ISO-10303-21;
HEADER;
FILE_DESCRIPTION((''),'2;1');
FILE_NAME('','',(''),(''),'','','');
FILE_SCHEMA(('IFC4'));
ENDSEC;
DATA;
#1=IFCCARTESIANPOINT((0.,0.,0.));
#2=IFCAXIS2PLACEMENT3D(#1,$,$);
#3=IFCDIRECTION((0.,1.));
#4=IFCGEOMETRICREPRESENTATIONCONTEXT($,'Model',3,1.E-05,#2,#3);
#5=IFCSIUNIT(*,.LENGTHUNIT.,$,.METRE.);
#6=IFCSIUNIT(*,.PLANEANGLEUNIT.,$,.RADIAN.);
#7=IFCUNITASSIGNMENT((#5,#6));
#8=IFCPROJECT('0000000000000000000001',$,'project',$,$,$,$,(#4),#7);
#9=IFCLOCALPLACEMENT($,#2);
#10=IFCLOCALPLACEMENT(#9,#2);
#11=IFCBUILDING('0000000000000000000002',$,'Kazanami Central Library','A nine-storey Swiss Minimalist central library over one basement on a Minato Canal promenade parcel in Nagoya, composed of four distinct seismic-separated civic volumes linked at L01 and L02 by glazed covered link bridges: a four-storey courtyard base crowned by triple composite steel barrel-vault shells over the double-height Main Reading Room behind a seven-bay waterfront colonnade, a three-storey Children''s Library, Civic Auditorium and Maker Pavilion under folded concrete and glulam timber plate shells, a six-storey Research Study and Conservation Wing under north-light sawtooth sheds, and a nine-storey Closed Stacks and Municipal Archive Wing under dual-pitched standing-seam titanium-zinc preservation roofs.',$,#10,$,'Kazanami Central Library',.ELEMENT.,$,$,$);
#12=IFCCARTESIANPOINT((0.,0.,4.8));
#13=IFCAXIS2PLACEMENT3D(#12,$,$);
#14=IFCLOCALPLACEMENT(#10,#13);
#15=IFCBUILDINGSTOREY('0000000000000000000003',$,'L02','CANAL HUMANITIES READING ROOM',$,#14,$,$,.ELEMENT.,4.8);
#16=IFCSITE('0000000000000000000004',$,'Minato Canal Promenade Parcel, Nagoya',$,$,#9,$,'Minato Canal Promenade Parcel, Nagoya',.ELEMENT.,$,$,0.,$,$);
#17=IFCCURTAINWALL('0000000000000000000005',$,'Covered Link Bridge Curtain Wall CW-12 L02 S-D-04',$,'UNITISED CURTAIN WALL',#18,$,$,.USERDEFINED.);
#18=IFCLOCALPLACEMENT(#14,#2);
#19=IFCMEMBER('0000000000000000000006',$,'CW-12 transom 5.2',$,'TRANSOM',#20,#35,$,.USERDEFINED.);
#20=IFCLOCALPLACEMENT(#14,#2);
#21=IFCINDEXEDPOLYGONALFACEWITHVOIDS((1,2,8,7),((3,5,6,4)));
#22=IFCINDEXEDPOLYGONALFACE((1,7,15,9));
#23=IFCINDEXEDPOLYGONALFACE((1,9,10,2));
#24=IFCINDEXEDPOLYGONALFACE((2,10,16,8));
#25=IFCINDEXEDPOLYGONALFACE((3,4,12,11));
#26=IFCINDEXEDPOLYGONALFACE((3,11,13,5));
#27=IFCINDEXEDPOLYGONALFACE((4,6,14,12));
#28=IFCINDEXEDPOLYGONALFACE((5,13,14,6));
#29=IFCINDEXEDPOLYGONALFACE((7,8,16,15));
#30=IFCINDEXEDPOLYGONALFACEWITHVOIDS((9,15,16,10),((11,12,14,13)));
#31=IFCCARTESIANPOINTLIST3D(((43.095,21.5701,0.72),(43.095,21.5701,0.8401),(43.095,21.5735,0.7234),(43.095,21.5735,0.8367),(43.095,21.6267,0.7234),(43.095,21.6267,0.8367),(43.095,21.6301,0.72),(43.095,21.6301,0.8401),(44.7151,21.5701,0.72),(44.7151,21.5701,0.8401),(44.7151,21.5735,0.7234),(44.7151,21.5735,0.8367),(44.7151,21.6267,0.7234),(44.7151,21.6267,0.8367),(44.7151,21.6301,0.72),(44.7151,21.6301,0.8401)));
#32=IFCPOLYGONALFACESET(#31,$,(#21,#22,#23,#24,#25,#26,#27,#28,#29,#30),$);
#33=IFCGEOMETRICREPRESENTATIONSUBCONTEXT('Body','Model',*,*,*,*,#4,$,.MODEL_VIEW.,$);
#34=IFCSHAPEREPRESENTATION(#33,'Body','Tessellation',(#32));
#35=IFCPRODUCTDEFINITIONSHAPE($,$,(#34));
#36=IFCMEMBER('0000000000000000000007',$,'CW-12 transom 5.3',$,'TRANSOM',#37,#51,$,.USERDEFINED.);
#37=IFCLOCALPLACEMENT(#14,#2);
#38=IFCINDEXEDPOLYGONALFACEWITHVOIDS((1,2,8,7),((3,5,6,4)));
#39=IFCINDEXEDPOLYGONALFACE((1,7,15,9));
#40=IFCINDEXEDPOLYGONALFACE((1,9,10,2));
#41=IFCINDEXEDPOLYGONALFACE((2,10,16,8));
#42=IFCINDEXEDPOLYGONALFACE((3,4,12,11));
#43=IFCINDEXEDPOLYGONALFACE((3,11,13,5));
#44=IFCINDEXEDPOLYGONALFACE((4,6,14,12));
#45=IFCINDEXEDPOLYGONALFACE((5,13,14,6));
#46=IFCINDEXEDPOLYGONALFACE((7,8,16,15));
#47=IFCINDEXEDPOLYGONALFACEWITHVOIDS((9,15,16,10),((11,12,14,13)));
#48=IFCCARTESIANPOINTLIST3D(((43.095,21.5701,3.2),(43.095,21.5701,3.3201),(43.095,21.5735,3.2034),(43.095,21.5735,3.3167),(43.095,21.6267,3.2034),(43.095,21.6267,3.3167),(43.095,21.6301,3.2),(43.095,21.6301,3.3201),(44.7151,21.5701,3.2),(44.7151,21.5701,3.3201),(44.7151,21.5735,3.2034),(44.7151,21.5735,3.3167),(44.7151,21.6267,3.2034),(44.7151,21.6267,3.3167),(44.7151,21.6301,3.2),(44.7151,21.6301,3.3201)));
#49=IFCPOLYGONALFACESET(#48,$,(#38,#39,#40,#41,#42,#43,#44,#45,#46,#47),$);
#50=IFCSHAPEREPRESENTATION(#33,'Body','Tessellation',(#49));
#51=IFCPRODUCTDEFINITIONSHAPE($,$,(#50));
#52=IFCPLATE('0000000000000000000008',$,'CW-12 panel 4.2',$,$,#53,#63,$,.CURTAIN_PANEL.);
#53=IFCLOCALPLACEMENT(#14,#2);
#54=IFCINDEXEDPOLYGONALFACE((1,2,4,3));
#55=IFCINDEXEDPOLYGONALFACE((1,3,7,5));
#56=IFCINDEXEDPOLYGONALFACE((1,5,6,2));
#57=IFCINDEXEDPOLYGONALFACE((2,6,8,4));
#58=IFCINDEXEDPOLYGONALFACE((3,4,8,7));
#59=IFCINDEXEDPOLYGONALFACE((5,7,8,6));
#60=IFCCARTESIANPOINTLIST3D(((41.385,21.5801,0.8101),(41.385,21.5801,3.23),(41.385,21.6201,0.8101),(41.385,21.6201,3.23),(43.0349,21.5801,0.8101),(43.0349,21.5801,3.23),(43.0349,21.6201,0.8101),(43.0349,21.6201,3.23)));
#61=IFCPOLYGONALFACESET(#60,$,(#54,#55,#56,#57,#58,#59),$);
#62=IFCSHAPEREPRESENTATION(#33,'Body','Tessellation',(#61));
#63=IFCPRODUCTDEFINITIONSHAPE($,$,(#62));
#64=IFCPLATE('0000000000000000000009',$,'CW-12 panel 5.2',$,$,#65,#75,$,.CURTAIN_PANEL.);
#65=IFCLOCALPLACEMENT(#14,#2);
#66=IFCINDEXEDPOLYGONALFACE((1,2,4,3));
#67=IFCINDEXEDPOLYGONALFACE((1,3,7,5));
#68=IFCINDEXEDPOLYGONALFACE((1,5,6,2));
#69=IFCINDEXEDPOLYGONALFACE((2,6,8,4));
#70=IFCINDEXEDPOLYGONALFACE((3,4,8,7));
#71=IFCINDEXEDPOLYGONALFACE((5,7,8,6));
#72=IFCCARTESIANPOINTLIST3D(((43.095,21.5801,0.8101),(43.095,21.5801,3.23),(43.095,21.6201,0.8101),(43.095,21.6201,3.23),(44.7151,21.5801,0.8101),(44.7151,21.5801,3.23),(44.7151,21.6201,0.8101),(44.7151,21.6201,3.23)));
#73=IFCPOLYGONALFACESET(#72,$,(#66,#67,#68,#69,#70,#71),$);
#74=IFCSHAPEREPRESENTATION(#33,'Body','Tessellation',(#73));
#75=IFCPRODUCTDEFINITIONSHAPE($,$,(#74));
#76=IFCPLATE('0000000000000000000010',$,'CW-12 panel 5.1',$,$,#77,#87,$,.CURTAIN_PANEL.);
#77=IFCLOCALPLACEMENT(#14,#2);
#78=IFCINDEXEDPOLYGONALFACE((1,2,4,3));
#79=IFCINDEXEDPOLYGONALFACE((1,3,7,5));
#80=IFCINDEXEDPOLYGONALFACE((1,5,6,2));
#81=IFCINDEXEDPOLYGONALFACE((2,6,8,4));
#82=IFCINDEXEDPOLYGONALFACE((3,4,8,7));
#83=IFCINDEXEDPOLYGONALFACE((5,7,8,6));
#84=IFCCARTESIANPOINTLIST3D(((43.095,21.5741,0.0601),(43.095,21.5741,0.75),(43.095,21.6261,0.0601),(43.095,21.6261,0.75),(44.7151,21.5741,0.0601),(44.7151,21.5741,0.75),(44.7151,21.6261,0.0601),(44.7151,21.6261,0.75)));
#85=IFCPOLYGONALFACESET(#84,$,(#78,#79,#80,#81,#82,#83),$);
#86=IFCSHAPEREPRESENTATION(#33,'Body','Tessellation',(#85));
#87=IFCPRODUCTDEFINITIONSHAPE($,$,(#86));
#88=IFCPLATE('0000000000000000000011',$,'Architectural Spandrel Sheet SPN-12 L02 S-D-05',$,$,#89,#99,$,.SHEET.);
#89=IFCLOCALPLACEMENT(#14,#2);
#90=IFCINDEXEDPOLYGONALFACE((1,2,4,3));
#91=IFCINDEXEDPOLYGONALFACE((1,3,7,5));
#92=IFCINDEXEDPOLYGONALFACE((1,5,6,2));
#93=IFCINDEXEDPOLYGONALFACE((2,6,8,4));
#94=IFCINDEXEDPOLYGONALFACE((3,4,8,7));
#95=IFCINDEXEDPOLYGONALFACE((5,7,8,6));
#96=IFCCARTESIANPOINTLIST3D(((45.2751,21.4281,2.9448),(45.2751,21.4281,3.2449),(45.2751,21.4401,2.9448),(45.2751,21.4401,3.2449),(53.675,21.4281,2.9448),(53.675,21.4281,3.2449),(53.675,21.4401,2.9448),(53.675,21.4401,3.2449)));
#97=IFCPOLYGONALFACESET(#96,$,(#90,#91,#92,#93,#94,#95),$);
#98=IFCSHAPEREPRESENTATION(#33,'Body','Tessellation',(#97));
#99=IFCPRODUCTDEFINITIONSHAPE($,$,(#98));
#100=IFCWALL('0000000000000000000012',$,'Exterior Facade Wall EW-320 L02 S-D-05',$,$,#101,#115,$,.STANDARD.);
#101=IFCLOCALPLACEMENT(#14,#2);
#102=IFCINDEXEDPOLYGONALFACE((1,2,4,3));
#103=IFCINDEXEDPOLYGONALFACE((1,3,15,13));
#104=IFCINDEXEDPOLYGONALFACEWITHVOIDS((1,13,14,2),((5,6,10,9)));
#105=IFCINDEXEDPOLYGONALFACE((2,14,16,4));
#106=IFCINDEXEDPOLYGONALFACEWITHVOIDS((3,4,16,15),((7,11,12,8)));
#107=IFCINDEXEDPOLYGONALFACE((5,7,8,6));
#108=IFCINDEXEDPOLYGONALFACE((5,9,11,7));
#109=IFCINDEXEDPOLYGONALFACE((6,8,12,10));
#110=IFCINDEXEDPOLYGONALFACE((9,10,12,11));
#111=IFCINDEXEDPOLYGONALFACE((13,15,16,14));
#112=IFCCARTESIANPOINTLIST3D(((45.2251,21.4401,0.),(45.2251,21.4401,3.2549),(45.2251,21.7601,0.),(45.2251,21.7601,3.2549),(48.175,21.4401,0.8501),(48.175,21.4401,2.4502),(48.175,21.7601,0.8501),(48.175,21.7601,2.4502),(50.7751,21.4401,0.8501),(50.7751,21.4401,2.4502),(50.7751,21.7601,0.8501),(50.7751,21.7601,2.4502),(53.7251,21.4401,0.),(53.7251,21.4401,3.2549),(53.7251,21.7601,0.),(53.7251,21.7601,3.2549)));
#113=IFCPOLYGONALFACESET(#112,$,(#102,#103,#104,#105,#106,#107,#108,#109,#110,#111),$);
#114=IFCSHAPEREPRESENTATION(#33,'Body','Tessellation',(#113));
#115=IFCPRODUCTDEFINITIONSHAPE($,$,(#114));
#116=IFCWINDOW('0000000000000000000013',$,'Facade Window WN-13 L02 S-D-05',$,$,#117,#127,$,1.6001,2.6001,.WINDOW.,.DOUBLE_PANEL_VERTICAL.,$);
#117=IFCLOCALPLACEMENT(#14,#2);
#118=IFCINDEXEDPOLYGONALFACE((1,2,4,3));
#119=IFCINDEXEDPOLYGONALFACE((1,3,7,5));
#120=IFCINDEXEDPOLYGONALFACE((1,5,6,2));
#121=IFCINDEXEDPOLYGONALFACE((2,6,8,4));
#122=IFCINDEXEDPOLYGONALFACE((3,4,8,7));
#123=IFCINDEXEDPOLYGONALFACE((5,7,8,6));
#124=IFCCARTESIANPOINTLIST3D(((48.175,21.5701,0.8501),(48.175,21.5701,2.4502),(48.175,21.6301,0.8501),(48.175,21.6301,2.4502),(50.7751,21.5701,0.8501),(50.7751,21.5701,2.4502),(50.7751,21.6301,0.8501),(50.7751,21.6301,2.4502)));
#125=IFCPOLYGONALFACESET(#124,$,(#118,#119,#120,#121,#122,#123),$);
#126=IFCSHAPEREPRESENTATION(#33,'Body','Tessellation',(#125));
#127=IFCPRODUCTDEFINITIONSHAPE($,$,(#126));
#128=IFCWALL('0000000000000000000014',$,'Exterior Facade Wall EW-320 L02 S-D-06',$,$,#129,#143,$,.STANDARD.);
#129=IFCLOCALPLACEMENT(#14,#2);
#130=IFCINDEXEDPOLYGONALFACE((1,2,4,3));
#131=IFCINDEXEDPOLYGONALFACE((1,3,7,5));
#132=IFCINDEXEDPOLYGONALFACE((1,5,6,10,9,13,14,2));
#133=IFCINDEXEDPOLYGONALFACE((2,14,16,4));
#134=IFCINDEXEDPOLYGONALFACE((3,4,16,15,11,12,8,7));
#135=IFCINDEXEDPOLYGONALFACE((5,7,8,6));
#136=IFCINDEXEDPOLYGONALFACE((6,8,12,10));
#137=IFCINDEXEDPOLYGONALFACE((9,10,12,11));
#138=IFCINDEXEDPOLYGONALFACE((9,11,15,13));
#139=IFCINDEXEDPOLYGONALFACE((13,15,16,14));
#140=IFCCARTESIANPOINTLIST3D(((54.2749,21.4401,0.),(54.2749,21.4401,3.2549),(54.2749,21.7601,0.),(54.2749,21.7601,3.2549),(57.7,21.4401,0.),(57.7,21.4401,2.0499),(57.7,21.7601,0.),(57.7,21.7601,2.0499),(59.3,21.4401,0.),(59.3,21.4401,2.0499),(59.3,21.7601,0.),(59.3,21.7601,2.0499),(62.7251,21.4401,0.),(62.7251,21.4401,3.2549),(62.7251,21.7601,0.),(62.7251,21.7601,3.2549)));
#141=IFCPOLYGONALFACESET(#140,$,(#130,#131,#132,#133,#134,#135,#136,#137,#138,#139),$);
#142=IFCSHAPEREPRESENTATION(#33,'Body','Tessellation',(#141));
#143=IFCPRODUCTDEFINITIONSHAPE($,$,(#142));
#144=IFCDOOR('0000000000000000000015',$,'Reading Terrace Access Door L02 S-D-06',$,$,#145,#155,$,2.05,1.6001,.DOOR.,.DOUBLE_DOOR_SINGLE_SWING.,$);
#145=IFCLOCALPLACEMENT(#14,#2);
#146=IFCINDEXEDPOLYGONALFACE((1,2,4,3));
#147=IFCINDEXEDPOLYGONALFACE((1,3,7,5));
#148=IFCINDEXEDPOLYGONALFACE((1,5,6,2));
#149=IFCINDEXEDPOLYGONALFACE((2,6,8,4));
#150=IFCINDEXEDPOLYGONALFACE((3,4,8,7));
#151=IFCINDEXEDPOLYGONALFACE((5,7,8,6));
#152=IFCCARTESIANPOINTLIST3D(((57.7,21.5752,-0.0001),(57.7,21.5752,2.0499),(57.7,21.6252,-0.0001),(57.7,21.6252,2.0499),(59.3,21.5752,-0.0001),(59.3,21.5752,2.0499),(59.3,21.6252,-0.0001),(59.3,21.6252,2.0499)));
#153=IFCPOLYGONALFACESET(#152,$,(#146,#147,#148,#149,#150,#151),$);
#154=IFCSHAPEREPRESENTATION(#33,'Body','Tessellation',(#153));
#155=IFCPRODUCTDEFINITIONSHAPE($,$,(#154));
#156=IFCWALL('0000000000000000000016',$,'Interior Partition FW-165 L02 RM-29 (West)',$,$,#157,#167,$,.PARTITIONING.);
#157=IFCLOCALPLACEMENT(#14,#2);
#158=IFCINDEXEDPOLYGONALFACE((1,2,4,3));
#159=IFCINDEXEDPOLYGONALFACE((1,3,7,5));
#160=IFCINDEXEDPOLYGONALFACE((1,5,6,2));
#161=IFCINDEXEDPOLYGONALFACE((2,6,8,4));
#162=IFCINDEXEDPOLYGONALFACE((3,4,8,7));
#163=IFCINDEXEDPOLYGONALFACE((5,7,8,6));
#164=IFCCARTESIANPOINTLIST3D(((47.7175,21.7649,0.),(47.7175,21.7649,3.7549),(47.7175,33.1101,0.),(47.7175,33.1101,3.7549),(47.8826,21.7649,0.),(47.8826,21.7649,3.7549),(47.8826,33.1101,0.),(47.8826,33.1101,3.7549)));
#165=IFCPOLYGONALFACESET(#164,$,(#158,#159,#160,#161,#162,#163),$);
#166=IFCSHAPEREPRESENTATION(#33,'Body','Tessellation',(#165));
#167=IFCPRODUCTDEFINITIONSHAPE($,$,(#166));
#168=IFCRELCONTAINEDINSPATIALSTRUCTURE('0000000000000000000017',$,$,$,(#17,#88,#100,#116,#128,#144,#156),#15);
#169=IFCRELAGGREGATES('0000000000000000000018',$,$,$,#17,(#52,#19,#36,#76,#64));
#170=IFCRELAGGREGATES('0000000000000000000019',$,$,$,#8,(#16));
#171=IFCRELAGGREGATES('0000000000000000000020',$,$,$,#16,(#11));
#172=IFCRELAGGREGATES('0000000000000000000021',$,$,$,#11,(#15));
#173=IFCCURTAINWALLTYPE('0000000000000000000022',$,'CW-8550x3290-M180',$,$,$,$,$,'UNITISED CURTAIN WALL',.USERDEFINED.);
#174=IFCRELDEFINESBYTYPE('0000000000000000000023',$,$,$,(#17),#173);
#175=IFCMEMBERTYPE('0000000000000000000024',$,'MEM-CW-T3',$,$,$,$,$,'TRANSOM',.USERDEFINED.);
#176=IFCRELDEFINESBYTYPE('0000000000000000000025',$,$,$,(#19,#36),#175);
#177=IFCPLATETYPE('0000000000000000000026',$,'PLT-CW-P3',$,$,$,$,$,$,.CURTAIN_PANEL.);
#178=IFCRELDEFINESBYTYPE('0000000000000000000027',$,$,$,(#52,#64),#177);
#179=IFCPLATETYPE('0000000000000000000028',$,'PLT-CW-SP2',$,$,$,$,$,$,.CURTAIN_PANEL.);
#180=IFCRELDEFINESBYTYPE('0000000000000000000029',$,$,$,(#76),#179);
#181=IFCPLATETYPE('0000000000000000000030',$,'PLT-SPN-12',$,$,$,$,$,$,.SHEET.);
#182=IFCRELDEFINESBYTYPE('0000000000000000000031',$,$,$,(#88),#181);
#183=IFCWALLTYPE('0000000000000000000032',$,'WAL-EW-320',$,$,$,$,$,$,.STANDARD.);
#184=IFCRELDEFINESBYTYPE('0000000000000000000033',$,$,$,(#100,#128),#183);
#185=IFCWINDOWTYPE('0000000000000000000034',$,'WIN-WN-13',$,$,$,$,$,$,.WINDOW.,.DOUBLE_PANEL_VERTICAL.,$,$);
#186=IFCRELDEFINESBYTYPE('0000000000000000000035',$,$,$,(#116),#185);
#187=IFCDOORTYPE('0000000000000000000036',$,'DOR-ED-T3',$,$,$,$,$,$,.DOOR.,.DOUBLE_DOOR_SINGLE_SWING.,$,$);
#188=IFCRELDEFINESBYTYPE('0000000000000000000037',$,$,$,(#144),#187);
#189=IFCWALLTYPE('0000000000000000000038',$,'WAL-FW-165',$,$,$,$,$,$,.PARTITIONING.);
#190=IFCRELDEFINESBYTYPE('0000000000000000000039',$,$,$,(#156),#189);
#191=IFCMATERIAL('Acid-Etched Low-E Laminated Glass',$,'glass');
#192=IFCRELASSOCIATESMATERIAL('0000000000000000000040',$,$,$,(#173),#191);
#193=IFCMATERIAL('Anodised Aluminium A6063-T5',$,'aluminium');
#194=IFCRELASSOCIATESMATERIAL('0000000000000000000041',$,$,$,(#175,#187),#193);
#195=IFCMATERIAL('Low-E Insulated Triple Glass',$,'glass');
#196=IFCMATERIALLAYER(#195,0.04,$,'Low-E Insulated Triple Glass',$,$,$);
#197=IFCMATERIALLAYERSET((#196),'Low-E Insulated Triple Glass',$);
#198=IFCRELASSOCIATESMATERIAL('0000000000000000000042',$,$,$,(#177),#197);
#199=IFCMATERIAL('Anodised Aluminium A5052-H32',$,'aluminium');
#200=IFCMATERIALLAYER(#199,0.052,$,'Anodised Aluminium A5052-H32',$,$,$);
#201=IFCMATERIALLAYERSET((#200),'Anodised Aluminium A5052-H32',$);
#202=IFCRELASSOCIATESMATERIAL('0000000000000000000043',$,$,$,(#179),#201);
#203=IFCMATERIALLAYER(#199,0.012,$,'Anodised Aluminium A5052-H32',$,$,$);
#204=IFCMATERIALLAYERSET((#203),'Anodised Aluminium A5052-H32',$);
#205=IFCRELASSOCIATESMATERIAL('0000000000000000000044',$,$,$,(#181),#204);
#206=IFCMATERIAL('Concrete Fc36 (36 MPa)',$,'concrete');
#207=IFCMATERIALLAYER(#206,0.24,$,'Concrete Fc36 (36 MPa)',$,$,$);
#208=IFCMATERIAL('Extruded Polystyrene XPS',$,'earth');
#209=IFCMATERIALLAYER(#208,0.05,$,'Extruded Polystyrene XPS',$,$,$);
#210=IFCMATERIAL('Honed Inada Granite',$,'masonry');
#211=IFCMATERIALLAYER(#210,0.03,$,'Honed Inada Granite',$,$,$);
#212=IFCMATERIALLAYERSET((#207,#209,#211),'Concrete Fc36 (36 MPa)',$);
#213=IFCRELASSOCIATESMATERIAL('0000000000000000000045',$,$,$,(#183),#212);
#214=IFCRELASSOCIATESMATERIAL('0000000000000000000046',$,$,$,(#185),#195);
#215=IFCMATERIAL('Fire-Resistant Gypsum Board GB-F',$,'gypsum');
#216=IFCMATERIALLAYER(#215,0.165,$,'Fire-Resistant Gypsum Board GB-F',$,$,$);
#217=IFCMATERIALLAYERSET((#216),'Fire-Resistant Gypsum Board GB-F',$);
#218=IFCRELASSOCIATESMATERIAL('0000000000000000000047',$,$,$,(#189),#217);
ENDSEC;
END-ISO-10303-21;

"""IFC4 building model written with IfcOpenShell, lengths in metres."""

from ifc_helpers import new_model, si_unit, direction, frame, frame_2d, origin, origin_2d, place, context, subcontext, project, spatial, rectangle, hollow_rectangle, extrude, material, layer, layer_set, material_profile, profile_set, type_object, element, fill, aggregate, save


model = new_model("IFC4")

# Units and contexts
model_context = context("Model", 3, precision=1e-05, world=origin(), true_north=direction((0.0, 1.0)))
body_context = subcontext(model_context, "Body", "Model", "MODEL_VIEW")
ifc_project = project(units=[si_unit("LENGTHUNIT", "METRE"), si_unit("PLANEANGLEUNIT", "RADIAN")], contexts=[model_context])

# Site, building, storey
site_placement = place(None, origin())
site = spatial("IfcSite", under=ifc_project, at=site_placement, Name="Minato Canal Promenade Parcel, Nagoya", LongName="Minato Canal Promenade Parcel, Nagoya", CompositionType="ELEMENT", RefElevation=0.0)
building_placement = place(site_placement, origin())
building = spatial("IfcBuilding", under=site, at=building_placement, Name="Kazanami Central Library", Description="A nine-storey Swiss Minimalist central library over one basement on a Minato Canal promenade parcel in Nagoya, composed of four distinct seismic-separated civic volumes linked at L01 and L02 by glazed covered link bridges: a four-storey courtyard base crowned by triple composite steel barrel-vault shells over the double-height Main Reading Room behind a seven-bay waterfront colonnade, a three-storey Children's Library, Civic Auditorium and Maker Pavilion under folded concrete and glulam timber plate shells, a six-storey Research Study and Conservation Wing under north-light sawtooth sheds, and a nine-storey Closed Stacks and Municipal Archive Wing under dual-pitched standing-seam titanium-zinc preservation roofs.", LongName="Kazanami Central Library", CompositionType="ELEMENT")
storey_placement = place(building_placement, frame((0.0, 0.0, 4.8)))
storey = spatial("IfcBuildingStorey", under=building, at=storey_placement, Name="L02", Description="CANAL HUMANITIES READING ROOM", CompositionType="ELEMENT", Elevation=4.8)

# Curtain wall, members, plates
ifc_material_1 = material(Name="Acid-Etched Low-E Laminated Glass", Category="glass")
curtain_wall_type = type_object("IfcCurtainWallType", Name="CW-8550x3290-M180", ElementType="UNITISED CURTAIN WALL", PredefinedType="USERDEFINED", material=ifc_material_1)
curtain_wall_placement = place(storey_placement, origin())
curtain_wall = element("IfcCurtainWall", 1, at=curtain_wall_placement, inside=storey, type_object=curtain_wall_type, Name="Covered Link Bridge Curtain Wall CW-12 L02 S-D-04", ObjectType="UNITISED CURTAIN WALL", PredefinedType="USERDEFINED")
ifc_material_2 = material(Name="Anodised Aluminium A6063-T5", Category="aluminium")
ifc_material_profile_1 = material_profile(ifc_material_2, hollow_rectangle(XDim=0.0601, YDim=0.1201, WallThickness=0.0034, at=origin_2d()), Name="ALU-TRAN-60x120x3.5")
ifc_profile_set_1 = profile_set([ifc_material_profile_1], Name="Anodised Aluminium A6063-T5")
member_type_1 = type_object("IfcMemberType", Name="MEM-CW-T3", ElementType="TRANSOM", PredefinedType="USERDEFINED", material=ifc_profile_set_1)
member_1_placement = place(storey_placement, frame((43.095, 21.6001, 0.78), z_axis=(1.0, 0.0, 0.0), x_axis=(0.0, 1.0, 0.0)))
member_1 = element("IfcMember", 2, at=member_1_placement, type_object=member_type_1, Name="CW-12 transom 5.2", ObjectType="TRANSOM", PredefinedType="USERDEFINED", context=body_context, shape_type="SweptSolid", body=[
    extrude(hollow_rectangle(XDim=0.0601, YDim=0.1201, WallThickness=0.0034, at=origin_2d()), origin(), (0.0, 0.0, 1.0), 1.6201),
])
member_2_placement = place(storey_placement, frame((43.095, 21.6001, 3.26), z_axis=(1.0, 0.0, 0.0), x_axis=(0.0, 1.0, 0.0)))
member_2 = element("IfcMember", 3, at=member_2_placement, type_object=member_type_1, Name="CW-12 transom 5.3", ObjectType="TRANSOM", PredefinedType="USERDEFINED", context=body_context, shape_type="SweptSolid", body=[
    extrude(hollow_rectangle(XDim=0.0601, YDim=0.1201, WallThickness=0.0034, at=origin_2d()), origin(), (0.0, 0.0, 1.0), 1.6201),
])
ifc_material_3 = material(Name="Low-E Insulated Triple Glass", Category="glass")
ifc_layer_1 = layer(ifc_material_3, 0.04, Name="Low-E Insulated Triple Glass")
ifc_layer_set_1 = layer_set([ifc_layer_1], Name="Low-E Insulated Triple Glass")
plate_type_1 = type_object("IfcPlateType", Name="PLT-CW-P3", PredefinedType="CURTAIN_PANEL", material=ifc_layer_set_1)
plate_1_placement = place(storey_placement, frame((42.21, 21.6001, 0.8101), z_axis=(0.0, 0.0, 1.0), x_axis=(1.0, 0.0, 0.0)))
plate_1 = element("IfcPlate", 4, at=plate_1_placement, type_object=plate_type_1, Name="CW-12 panel 4.2", PredefinedType="CURTAIN_PANEL", context=body_context, shape_type="SweptSolid", body=[
    extrude(rectangle(XDim=1.6499, YDim=0.04, at=origin_2d()), origin(), (0.0, 0.0, 1.0), 2.4199),
])
plate_2_placement = place(storey_placement, frame((43.905, 21.6001, 0.8101), z_axis=(0.0, 0.0, 1.0), x_axis=(1.0, 0.0, 0.0)))
plate_2 = element("IfcPlate", 5, at=plate_2_placement, type_object=plate_type_1, Name="CW-12 panel 5.2", PredefinedType="CURTAIN_PANEL", context=body_context, shape_type="SweptSolid", body=[
    extrude(rectangle(XDim=1.6201, YDim=0.04, at=origin_2d()), origin(), (0.0, 0.0, 1.0), 2.4199),
])
ifc_material_4 = material(Name="Anodised Aluminium A5052-H32", Category="aluminium")
ifc_layer_2 = layer(ifc_material_4, 0.052, Name="Anodised Aluminium A5052-H32")
ifc_layer_set_2 = layer_set([ifc_layer_2], Name="Anodised Aluminium A5052-H32")
plate_type_2 = type_object("IfcPlateType", Name="PLT-CW-SP2", PredefinedType="CURTAIN_PANEL", material=ifc_layer_set_2)
plate_3_placement = place(storey_placement, frame((43.905, 21.6001, 0.0601), z_axis=(0.0, 0.0, 1.0), x_axis=(1.0, 0.0, 0.0)))
plate_3 = element("IfcPlate", 6, at=plate_3_placement, type_object=plate_type_2, Name="CW-12 panel 5.1", PredefinedType="CURTAIN_PANEL", context=body_context, shape_type="SweptSolid", body=[
    extrude(rectangle(XDim=1.6201, YDim=0.052, at=origin_2d()), origin(), (0.0, 0.0, 1.0), 0.6899),
])
aggregate(curtain_wall, [plate_1, member_1, member_2, plate_3, plate_2])

# Plate
ifc_layer_3 = layer(ifc_material_4, 0.012, Name="Anodised Aluminium A5052-H32")
ifc_layer_set_3 = layer_set([ifc_layer_3], Name="Anodised Aluminium A5052-H32")
plate_type_3 = type_object("IfcPlateType", Name="PLT-SPN-12", PredefinedType="SHEET", material=ifc_layer_set_3)
plate_4_placement = place(storey_placement, frame((49.4751, 21.4341, 2.9448), z_axis=(0.0, 0.0, 1.0), x_axis=(1.0, 0.0, 0.0)))
element("IfcPlate", 7, at=plate_4_placement, inside=storey, type_object=plate_type_3, Name="Architectural Spandrel Sheet SPN-12 L02 S-D-05", PredefinedType="SHEET", context=body_context, shape_type="SweptSolid", body=[
    extrude(rectangle(XDim=8.3999, YDim=0.012, at=origin_2d()), origin(), (0.0, 0.0, 1.0), 0.3),
])

# Wall, opening, window
ifc_material_5 = material(Name="Concrete Fc36 (36 MPa)", Category="concrete")
ifc_layer_4 = layer(ifc_material_5, 0.24, Name="Concrete Fc36 (36 MPa)")
ifc_material_6 = material(Name="Extruded Polystyrene XPS", Category="earth")
ifc_layer_5 = layer(ifc_material_6, 0.05, Name="Extruded Polystyrene XPS")
ifc_material_7 = material(Name="Honed Inada Granite", Category="masonry")
ifc_layer_6 = layer(ifc_material_7, 0.03, Name="Honed Inada Granite")
ifc_layer_set_4 = layer_set([ifc_layer_4, ifc_layer_5, ifc_layer_6], Name="Concrete Fc36 (36 MPa)")
wall_type_1 = type_object("IfcWallType", Name="WAL-EW-320", PredefinedType="STANDARD", material=ifc_layer_set_4)
wall_1_placement = place(storey_placement, frame((45.2251, 21.6001, 0.0), z_axis=(0.0, 0.0, 1.0), x_axis=(1.0, 0.0, 0.0)))
wall_1 = element("IfcWall", 8, at=wall_1_placement, inside=storey, type_object=wall_type_1, Name="Exterior Facade Wall EW-320 L02 S-D-05", PredefinedType="STANDARD", context=body_context, shape_type="SweptSolid", body=[
    extrude(rectangle(XDim=8.5, YDim=0.3201, at=frame_2d((4.25, 0.0))), origin(), (0.0, 0.0, 1.0), 3.2549),
])
opening_1_placement = place(wall_1_placement, frame((2.95, 0.0, 0.8501)))
opening_1 = element("IfcOpeningElement", 9, at=opening_1_placement, cuts=wall_1, PredefinedType="OPENING", context=body_context, shape_type="SweptSolid", body=[
    extrude(rectangle(XDim=2.6001, YDim=1.6001, at=frame_2d((1.3, 0.8))), frame((0.0, 0.1719, 0.0), z_axis=(0.0, -1.0, 0.0), x_axis=(1.0, 0.0, 0.0)), (0.0, 0.0, 1.0), 0.344),
])
window_type = type_object("IfcWindowType", Name="WIN-WN-13", PartitioningType="DOUBLE_PANEL_VERTICAL", PredefinedType="WINDOW", material=ifc_material_3)
window_placement = place(opening_1_placement, origin())
window = element("IfcWindow", 10, at=window_placement, inside=storey, type_object=window_type, Name="Facade Window WN-13 L02 S-D-05", OverallHeight=1.6001, OverallWidth=2.6001, PartitioningType="DOUBLE_PANEL_VERTICAL", PredefinedType="WINDOW", context=body_context, shape_type="SweptSolid", body=[
    extrude(rectangle(XDim=2.6001, YDim=1.6001, at=frame_2d((1.3, 0.8))), frame((0.0, 0.03, 0.0), z_axis=(0.0, -1.0, 0.0), x_axis=(1.0, 0.0, 0.0)), (0.0, 0.0, 1.0), 0.0601),
])
fill(opening_1, window)

# Wall, opening, door
wall_2_placement = place(storey_placement, frame((54.2749, 21.6001, 0.0), z_axis=(0.0, 0.0, 1.0), x_axis=(1.0, 0.0, 0.0)))
wall_2 = element("IfcWall", 11, at=wall_2_placement, inside=storey, type_object=wall_type_1, Name="Exterior Facade Wall EW-320 L02 S-D-06", PredefinedType="STANDARD", context=body_context, shape_type="SweptSolid", body=[
    extrude(rectangle(XDim=8.4502, YDim=0.3201, at=frame_2d((4.2251, 0.0))), origin(), (0.0, 0.0, 1.0), 3.2549),
])
opening_2_placement = place(wall_2_placement, frame((3.425, 0.0, 0.0)))
opening_2 = element("IfcOpeningElement", 12, at=opening_2_placement, cuts=wall_2, PredefinedType="OPENING", context=body_context, shape_type="SweptSolid", body=[
    extrude(rectangle(XDim=1.6001, YDim=2.05, at=frame_2d((0.8, 1.0249))), frame((0.0, 0.1719, 0.0), z_axis=(0.0, -1.0, 0.0), x_axis=(1.0, 0.0, 0.0)), (0.0, 0.0, 1.0), 0.344),
])
door_type = type_object("IfcDoorType", Name="DOR-ED-T3", OperationType="DOUBLE_DOOR_SINGLE_SWING", PredefinedType="DOOR", material=ifc_material_2)
door_placement = place(opening_2_placement, frame((1.6001, 0.0, 0.0), z_axis=(0.0, 0.0, 1.0), x_axis=(-1.0, 0.0, 0.0)))
door = element("IfcDoor", 13, at=door_placement, inside=storey, type_object=door_type, Name="Reading Terrace Access Door L02 S-D-06", OperationType="DOUBLE_DOOR_SINGLE_SWING", OverallHeight=2.05, OverallWidth=1.6001, PredefinedType="DOOR", context=body_context, shape_type="SweptSolid", body=[
    extrude(rectangle(XDim=1.6001, YDim=2.05, at=frame_2d((0.8, 1.0249))), frame((0.0, 0.0249, 0.0), z_axis=(0.0, -1.0, 0.0), x_axis=(1.0, 0.0, 0.0)), (0.0, 0.0, 1.0), 0.05),
])
fill(opening_2, door)

# Wall
ifc_material_8 = material(Name="Fire-Resistant Gypsum Board GB-F", Category="gypsum")
ifc_layer_7 = layer(ifc_material_8, 0.165, Name="Fire-Resistant Gypsum Board GB-F")
ifc_layer_set_5 = layer_set([ifc_layer_7], Name="Fire-Resistant Gypsum Board GB-F")
wall_type_2 = type_object("IfcWallType", Name="WAL-FW-165", PredefinedType="PARTITIONING", material=ifc_layer_set_5)
wall_3_placement = place(storey_placement, frame((47.8, 21.7649, 0.0), z_axis=(0.0, 0.0, 1.0), x_axis=(0.0, 1.0, 0.0)))
element("IfcWall", 14, at=wall_3_placement, inside=storey, type_object=wall_type_2, Name="Interior Partition FW-165 L02 RM-29 (West)", PredefinedType="PARTITIONING", context=body_context, shape_type="SweptSolid", body=[
    extrude(rectangle(XDim=11.3452, YDim=0.165, at=frame_2d((5.6726, 0.0))), origin(), (0.0, 0.0, 1.0), 3.7549),
])

save(model, "model.ifc")
